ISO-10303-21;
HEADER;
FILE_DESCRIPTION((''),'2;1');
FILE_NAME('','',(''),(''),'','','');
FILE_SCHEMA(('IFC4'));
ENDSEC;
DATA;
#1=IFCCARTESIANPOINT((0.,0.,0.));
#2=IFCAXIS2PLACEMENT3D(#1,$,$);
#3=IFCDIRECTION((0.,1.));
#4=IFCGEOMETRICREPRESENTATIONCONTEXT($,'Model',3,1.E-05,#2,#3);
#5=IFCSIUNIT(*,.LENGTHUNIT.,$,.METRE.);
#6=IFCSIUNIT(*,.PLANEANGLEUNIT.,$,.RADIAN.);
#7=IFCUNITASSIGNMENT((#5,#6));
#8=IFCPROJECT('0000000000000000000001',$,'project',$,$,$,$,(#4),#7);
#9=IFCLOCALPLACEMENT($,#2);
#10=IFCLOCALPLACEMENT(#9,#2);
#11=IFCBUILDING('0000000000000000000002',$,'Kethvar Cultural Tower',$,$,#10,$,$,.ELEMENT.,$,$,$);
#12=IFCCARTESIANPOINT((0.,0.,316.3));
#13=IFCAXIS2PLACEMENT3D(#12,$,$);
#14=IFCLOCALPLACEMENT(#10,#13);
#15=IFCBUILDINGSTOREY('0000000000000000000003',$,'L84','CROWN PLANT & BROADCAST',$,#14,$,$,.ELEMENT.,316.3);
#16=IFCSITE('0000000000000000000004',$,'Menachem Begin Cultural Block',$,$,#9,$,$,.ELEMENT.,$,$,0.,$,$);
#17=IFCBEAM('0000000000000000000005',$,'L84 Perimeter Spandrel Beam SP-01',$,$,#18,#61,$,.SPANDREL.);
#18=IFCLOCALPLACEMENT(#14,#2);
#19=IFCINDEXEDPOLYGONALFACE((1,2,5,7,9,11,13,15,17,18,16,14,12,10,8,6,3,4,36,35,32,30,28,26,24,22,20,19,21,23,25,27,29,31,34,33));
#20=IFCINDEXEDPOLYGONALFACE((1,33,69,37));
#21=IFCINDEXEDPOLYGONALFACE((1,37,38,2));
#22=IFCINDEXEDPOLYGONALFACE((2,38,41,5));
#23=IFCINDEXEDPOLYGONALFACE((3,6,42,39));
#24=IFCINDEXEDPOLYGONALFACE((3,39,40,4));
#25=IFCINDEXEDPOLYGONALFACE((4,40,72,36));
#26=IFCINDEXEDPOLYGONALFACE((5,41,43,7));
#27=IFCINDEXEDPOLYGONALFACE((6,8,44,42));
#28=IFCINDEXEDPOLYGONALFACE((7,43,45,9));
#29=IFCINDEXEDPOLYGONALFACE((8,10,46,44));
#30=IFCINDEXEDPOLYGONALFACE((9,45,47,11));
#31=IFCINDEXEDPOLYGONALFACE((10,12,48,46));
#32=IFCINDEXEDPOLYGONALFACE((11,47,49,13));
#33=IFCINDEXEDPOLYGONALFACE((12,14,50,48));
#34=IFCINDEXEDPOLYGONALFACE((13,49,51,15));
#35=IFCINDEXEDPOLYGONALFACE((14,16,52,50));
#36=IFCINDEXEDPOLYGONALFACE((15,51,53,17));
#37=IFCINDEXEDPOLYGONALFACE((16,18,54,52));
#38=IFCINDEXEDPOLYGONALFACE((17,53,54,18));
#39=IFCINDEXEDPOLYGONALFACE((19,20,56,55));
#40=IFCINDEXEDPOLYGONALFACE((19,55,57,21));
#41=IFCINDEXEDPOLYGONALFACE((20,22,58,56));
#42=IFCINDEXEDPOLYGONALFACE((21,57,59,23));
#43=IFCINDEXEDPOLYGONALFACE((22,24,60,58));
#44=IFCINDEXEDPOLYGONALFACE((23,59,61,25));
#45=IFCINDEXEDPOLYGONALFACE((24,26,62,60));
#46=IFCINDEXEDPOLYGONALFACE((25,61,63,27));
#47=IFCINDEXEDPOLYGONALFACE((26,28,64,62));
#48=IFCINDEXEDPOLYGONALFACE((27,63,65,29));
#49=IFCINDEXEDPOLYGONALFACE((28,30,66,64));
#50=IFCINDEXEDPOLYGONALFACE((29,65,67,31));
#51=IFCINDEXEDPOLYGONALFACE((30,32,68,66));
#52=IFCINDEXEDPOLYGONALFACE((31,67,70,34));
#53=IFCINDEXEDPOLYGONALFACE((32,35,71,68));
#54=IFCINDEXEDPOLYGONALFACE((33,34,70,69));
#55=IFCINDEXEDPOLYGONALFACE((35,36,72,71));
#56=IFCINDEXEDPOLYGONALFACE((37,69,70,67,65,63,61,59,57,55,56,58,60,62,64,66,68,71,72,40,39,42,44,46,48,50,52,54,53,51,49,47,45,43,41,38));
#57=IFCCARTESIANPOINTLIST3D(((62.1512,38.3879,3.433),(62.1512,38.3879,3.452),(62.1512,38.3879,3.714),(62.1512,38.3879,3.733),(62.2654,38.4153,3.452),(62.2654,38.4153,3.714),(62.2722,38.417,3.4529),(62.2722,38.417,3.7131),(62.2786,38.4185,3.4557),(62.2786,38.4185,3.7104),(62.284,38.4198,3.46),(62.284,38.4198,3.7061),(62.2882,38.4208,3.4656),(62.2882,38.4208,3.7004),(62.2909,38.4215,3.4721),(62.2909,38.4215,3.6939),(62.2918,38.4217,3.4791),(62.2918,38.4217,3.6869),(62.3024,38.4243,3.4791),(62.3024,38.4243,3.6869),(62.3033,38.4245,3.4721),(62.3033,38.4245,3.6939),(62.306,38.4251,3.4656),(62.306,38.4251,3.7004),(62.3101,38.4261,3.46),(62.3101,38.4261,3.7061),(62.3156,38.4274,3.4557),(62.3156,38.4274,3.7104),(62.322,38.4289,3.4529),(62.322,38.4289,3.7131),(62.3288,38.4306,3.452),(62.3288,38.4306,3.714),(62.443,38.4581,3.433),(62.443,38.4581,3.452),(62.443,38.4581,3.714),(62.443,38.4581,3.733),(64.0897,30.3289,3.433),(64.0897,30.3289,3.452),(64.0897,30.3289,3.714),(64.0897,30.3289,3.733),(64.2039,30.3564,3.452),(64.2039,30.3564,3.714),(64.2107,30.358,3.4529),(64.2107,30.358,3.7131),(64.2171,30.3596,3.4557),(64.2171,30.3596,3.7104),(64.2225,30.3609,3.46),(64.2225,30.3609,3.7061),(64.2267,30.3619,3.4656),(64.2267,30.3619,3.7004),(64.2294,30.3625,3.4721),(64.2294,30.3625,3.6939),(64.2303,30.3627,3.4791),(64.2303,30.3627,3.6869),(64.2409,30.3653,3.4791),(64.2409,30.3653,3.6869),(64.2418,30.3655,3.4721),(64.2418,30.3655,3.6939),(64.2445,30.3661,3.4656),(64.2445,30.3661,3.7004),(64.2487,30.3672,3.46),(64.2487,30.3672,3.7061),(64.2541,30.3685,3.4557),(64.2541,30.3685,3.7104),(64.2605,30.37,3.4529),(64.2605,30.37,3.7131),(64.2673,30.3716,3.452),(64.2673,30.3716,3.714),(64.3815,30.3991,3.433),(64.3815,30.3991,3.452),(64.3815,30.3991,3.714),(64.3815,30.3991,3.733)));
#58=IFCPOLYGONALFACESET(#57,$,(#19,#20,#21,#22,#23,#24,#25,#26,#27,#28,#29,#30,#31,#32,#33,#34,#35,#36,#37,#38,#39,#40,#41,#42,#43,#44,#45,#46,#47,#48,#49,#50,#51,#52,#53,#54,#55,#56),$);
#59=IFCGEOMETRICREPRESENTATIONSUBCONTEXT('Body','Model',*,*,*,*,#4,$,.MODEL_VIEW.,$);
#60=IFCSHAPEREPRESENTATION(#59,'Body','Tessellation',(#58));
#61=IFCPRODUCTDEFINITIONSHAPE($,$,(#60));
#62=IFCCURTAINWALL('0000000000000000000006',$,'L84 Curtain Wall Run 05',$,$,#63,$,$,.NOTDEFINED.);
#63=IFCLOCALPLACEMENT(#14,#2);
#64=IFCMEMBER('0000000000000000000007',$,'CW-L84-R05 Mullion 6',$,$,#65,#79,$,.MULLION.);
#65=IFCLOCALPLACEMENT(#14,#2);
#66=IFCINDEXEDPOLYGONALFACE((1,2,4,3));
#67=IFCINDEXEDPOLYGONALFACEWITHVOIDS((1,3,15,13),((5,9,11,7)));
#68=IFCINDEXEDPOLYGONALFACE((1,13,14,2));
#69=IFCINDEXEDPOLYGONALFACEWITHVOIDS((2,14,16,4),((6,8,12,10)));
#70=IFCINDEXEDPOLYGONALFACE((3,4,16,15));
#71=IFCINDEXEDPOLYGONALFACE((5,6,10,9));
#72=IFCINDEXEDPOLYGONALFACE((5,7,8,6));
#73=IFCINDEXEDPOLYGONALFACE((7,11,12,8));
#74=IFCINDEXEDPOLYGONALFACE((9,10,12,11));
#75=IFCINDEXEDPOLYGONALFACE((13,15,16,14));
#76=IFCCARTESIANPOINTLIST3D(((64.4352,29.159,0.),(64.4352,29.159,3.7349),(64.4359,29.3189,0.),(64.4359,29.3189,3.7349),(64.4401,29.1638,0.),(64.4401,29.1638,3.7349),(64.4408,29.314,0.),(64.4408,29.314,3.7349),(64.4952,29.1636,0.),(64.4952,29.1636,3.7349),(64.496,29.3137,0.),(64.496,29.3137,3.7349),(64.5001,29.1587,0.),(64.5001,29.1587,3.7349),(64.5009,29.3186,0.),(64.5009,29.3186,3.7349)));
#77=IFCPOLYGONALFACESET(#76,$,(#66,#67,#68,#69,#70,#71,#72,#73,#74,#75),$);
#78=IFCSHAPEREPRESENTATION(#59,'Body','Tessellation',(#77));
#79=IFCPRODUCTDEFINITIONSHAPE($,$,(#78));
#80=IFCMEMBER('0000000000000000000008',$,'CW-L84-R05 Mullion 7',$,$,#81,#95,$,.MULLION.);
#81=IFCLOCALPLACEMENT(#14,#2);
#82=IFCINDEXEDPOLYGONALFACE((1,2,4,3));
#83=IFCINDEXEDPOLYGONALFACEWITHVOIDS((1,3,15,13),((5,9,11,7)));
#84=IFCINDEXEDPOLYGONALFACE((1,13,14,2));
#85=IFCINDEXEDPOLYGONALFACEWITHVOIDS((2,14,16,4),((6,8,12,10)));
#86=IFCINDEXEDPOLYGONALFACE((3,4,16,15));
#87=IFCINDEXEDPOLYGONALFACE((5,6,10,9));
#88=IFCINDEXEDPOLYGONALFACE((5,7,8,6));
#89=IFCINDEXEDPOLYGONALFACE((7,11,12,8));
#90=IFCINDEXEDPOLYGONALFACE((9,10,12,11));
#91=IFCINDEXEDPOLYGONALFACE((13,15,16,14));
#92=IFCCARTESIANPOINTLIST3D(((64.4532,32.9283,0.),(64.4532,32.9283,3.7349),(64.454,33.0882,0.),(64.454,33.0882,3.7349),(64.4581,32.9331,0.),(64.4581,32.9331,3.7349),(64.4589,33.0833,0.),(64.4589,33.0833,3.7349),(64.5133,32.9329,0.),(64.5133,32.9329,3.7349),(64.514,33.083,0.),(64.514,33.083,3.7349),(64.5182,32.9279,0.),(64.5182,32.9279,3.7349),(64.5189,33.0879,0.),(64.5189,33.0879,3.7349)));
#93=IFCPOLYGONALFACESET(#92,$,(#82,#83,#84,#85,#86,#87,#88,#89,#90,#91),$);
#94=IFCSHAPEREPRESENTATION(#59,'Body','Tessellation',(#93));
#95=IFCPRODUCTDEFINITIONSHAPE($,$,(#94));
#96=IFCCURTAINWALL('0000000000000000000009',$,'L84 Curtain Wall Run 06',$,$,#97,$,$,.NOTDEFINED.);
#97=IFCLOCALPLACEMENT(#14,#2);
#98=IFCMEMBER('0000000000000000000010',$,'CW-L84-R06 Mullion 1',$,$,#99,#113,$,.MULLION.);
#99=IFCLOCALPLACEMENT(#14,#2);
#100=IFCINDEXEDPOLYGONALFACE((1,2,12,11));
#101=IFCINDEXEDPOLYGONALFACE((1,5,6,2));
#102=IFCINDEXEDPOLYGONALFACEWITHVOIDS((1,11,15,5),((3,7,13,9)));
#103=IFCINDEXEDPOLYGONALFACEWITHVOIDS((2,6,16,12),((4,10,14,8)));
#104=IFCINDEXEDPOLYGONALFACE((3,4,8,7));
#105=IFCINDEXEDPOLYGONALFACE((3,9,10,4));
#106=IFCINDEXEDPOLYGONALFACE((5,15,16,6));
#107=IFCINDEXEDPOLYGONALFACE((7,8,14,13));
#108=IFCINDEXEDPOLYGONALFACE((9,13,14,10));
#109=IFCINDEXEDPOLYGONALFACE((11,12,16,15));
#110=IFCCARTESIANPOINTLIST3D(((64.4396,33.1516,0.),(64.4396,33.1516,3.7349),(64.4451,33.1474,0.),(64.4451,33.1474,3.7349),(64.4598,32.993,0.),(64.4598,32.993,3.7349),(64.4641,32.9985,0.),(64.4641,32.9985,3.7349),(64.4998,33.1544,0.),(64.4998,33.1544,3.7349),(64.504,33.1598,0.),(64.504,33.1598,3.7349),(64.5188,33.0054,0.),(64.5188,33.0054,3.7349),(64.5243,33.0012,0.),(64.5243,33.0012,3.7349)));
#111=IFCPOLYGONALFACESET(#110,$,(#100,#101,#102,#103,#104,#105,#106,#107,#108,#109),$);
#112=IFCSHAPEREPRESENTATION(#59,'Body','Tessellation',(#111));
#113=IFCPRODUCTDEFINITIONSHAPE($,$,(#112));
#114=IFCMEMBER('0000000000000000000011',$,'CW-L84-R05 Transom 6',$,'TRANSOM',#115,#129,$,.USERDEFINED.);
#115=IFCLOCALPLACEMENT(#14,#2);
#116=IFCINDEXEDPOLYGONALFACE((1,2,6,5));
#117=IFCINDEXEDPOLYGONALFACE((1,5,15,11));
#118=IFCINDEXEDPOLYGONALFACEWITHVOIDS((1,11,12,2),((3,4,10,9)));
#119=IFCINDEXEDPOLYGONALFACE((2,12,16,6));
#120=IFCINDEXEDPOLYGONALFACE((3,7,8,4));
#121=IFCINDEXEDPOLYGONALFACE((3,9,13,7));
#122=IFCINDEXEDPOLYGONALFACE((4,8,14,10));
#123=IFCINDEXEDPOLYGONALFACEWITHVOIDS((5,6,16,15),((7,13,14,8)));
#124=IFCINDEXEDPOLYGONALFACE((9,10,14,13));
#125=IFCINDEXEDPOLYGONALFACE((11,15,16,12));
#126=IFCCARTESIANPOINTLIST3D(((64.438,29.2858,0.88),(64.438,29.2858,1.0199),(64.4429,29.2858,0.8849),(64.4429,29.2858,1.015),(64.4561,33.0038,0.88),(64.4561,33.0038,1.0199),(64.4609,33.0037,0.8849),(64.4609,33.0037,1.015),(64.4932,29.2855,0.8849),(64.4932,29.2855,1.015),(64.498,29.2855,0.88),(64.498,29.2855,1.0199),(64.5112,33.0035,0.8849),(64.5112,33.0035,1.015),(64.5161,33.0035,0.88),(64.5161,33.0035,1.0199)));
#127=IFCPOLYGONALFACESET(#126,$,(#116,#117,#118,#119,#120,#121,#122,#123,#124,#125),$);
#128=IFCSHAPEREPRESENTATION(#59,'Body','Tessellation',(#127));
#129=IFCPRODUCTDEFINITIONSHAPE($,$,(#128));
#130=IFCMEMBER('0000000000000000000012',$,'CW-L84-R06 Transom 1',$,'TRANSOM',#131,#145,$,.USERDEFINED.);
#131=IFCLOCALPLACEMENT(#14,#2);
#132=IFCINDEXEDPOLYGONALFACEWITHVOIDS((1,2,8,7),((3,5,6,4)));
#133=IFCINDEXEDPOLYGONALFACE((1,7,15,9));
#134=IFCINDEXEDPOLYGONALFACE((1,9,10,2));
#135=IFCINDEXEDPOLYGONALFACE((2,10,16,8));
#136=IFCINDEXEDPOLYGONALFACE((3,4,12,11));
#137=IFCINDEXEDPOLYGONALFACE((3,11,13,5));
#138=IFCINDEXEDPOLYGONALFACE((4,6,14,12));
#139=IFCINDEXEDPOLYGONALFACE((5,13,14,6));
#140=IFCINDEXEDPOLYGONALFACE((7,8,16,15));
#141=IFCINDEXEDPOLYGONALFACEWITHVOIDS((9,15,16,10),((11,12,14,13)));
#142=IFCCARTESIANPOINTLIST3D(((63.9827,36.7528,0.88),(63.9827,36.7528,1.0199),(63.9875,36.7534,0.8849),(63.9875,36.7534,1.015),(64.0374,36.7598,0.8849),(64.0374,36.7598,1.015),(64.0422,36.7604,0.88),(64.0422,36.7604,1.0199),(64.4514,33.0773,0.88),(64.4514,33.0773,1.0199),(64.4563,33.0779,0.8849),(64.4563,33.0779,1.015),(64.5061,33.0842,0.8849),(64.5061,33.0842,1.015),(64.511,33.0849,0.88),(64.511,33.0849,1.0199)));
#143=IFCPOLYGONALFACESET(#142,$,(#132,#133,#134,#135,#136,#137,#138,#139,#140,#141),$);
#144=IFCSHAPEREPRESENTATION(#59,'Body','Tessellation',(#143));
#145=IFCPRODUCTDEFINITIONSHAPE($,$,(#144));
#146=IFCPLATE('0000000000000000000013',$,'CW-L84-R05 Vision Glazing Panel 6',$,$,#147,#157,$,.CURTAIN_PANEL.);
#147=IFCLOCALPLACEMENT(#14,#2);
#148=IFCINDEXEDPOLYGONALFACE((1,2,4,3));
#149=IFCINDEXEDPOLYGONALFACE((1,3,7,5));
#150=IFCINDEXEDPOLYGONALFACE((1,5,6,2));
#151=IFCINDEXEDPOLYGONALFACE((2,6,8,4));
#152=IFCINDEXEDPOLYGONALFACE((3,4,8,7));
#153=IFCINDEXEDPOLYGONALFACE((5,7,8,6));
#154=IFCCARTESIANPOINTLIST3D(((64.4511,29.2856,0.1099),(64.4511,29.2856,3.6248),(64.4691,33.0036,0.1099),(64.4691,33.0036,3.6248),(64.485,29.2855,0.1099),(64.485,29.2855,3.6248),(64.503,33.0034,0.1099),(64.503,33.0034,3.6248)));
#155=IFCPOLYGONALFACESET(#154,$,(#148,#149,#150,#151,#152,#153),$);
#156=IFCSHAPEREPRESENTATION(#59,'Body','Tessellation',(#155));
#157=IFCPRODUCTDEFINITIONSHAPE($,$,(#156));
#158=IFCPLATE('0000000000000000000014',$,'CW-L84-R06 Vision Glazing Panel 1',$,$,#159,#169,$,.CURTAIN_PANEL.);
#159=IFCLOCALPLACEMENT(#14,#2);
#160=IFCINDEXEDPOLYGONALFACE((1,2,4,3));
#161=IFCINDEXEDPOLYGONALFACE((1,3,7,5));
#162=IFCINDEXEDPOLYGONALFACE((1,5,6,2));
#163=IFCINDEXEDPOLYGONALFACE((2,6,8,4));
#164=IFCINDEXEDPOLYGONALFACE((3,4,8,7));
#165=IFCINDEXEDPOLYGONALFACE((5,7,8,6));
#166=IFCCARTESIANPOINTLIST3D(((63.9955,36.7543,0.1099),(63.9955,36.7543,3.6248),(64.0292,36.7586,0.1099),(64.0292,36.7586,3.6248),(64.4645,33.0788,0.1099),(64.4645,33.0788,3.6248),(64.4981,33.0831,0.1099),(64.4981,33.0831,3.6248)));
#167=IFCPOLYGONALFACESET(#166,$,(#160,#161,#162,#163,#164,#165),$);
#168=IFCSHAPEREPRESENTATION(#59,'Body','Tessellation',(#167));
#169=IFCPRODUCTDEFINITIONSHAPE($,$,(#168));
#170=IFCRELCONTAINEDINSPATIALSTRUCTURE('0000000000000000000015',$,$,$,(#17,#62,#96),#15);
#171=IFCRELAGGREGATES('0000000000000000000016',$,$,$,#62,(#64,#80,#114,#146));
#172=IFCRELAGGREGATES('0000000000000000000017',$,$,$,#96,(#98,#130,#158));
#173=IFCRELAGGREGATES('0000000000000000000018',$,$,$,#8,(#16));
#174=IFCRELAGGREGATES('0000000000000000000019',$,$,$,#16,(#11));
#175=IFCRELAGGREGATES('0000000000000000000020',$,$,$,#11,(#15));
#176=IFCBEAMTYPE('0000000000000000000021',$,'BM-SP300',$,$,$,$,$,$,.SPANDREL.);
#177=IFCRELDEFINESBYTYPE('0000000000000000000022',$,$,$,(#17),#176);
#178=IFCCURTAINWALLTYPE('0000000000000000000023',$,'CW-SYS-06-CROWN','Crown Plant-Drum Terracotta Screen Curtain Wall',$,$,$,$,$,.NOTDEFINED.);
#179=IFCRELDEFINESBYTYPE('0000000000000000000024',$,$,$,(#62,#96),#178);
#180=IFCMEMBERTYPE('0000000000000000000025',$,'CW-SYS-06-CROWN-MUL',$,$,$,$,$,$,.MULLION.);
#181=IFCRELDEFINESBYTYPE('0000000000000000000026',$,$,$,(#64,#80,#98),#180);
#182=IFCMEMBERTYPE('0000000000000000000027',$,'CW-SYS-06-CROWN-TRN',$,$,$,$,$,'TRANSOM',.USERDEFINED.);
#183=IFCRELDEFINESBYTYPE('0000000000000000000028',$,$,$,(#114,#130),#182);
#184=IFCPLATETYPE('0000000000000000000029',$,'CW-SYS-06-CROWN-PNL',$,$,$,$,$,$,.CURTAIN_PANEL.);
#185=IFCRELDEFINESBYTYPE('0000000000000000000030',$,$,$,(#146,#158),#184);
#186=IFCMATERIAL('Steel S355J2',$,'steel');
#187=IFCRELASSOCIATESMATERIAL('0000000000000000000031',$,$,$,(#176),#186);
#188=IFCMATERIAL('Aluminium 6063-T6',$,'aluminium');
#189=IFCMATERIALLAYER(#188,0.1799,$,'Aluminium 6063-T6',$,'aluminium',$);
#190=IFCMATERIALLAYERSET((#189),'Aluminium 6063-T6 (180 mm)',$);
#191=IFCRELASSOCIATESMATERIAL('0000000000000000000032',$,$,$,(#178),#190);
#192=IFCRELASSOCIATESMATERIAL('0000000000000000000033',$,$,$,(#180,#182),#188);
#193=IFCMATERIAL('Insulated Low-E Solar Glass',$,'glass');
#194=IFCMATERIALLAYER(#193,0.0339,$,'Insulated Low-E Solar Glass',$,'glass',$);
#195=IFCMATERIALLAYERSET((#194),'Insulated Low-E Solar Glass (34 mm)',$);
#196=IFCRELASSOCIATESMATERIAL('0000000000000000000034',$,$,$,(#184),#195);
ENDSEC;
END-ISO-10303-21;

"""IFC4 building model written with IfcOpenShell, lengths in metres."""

from ifc_helpers import new_model, si_unit, direction, frame, origin, origin_2d, place, context, subcontext, project, spatial, rectangle, hollow_rectangle, i_section, extrude, source, transform, mapped, material, layer, layer_set, material_profile, profile_set, type_object, element, aggregate, save


model = new_model("IFC4")

# Units and contexts
model_context = context("Model", 3, precision=1e-05, world=origin(), true_north=direction((0.0, 1.0)))
body_context = subcontext(model_context, "Body", "Model", "MODEL_VIEW")
ifc_project = project(units=[si_unit("LENGTHUNIT", "METRE"), si_unit("PLANEANGLEUNIT", "RADIAN")], contexts=[model_context])

# Site, building, storey
site_placement = place(None, origin())
site = spatial("IfcSite", under=ifc_project, at=site_placement, Name="Menachem Begin Cultural Block", CompositionType="ELEMENT", RefElevation=0.0)
building_placement = place(site_placement, origin())
building = spatial("IfcBuilding", under=site, at=building_placement, Name="Kethvar Cultural Tower", CompositionType="ELEMENT")
storey_placement = place(building_placement, frame((0.0, 0.0, 316.3)))
storey = spatial("IfcBuildingStorey", under=building, at=storey_placement, Name="L84", Description="CROWN PLANT & BROADCAST", CompositionType="ELEMENT", Elevation=316.3)

# Beam
ifc_material_1 = material(Name="Steel S355J2", Category="steel")
ifc_material_profile_1 = material_profile(ifc_material_1, i_section(OverallWidth=0.3, OverallDepth=0.3, WebThickness=0.011, FlangeThickness=0.019, FilletRadius=0.0271, at=origin_2d()), Name="Steel S355J2 — HEB300")
ifc_profile_set_1 = profile_set([ifc_material_profile_1], Name="Steel S355J2 — HEB300")
beam_type = type_object("IfcBeamType", Name="BM-SP300", PredefinedType="SPANDREL", material=ifc_profile_set_1)
shared_shape_1 = source(origin(), body_context, "Body", "SweptSolid", [
    extrude(i_section(OverallWidth=0.3, OverallDepth=0.3, WebThickness=0.011, FlangeThickness=0.019, FilletRadius=0.0271, at=origin_2d()), origin(), (0.0, 0.0, 1.0), 8.2888),
])
beam_placement = place(storey_placement, frame((64.2356, 30.364, 3.583), z_axis=(-0.23387, 0.972268, 0.0), x_axis=(-0.972268, -0.23387, 0.0)))
element("IfcBeam", 1, at=beam_placement, inside=storey, type_object=beam_type, Name="L84 Perimeter Spandrel Beam SP-01", PredefinedType="SPANDREL", context=body_context, shape_type="MappedRepresentation", body=[
    mapped(shared_shape_1, transform((0.0, 0.0, 0.0), scale=1.0)),
])

# Curtain wall, members
ifc_material_2 = material(Name="Aluminium 6063-T6", Category="aluminium")
ifc_layer_1 = layer(ifc_material_2, 0.1799, Name="Aluminium 6063-T6", Category="aluminium")
ifc_layer_set_1 = layer_set([ifc_layer_1], Name="Aluminium 6063-T6 (180 mm)")
curtain_wall_type = type_object("IfcCurtainWallType", Name="CW-SYS-06-CROWN", Description="Crown Plant-Drum Terracotta Screen Curtain Wall", PredefinedType="NOTDEFINED", material=ifc_layer_set_1)
curtain_wall_1_placement = place(storey_placement, origin())
curtain_wall_1 = element("IfcCurtainWall", 2, at=curtain_wall_1_placement, inside=storey, type_object=curtain_wall_type, Name="L84 Curtain Wall Run 05", PredefinedType="NOTDEFINED")
ifc_material_profile_2 = material_profile(ifc_material_2, hollow_rectangle(XDim=0.0649, YDim=0.1599, WallThickness=0.0049, at=origin_2d()), Name="Aluminium 6063-T6 — RHS160x65x5")
ifc_profile_set_2 = profile_set([ifc_material_profile_2], Name="Aluminium 6063-T6 — RHS160x65x5")
member_type_1 = type_object("IfcMemberType", Name="CW-SYS-06-CROWN-MUL", PredefinedType="MULLION", material=ifc_profile_set_2)
shared_shape_2 = source(origin(), body_context, "Body", "SweptSolid", [
    extrude(hollow_rectangle(XDim=0.0649, YDim=0.1599, WallThickness=0.0049, at=origin_2d()), origin(), (0.0, 0.0, 1.0), 3.7349),
])
member_1_placement = place(storey_placement, frame((64.468, 29.2388, 0.0), z_axis=(0.0, 0.0, 1.0), x_axis=(-0.999988, 0.004835, 0.0)))
member_1 = element("IfcMember", 3, at=member_1_placement, type_object=member_type_1, Name="CW-L84-R05 Mullion 6", PredefinedType="MULLION", context=body_context, shape_type="MappedRepresentation", body=[
    mapped(shared_shape_2, transform((0.0, 0.0, 0.0), scale=1.0)),
])
member_2_placement = place(storey_placement, frame((64.4861, 33.0081, 0.0), z_axis=(0.0, 0.0, 1.0), x_axis=(-0.999988, 0.004835, 0.0)))
member_2 = element("IfcMember", 4, at=member_2_placement, type_object=member_type_1, Name="CW-L84-R05 Mullion 7", PredefinedType="MULLION", context=body_context, shape_type="MappedRepresentation", body=[
    mapped(shared_shape_2, transform((0.0, 0.0, 0.0), scale=1.0)),
])

# Curtain wall, member
curtain_wall_2_placement = place(storey_placement, origin())
curtain_wall_2 = element("IfcCurtainWall", 5, at=curtain_wall_2_placement, inside=storey, type_object=curtain_wall_type, Name="L84 Curtain Wall Run 06", PredefinedType="NOTDEFINED")
member_3_placement = place(storey_placement, frame((64.4819, 33.0764, 0.0), z_axis=(0.0, 0.0, 1.0), x_axis=(-0.991959, -0.126563, 0.0)))
member_3 = element("IfcMember", 6, at=member_3_placement, type_object=member_type_1, Name="CW-L84-R06 Mullion 1", PredefinedType="MULLION", context=body_context, shape_type="MappedRepresentation", body=[
    mapped(shared_shape_2, transform((0.0, 0.0, 0.0), scale=1.0)),
])

# Members
ifc_material_profile_3 = material_profile(ifc_material_2, hollow_rectangle(XDim=0.0601, YDim=0.1399, WallThickness=0.0049, at=origin_2d()), Name="Aluminium 6063-T6 — RHS140x60x5")
ifc_profile_set_3 = profile_set([ifc_material_profile_3], Name="Aluminium 6063-T6 — RHS140x60x5")
member_type_2 = type_object("IfcMemberType", Name="CW-SYS-06-CROWN-TRN", ElementType="TRANSOM", PredefinedType="USERDEFINED", material=ifc_profile_set_3)
shared_shape_3 = source(origin(), body_context, "Body", "SweptSolid", [
    extrude(hollow_rectangle(XDim=0.0601, YDim=0.1399, WallThickness=0.0049, at=origin_2d()), origin(), (0.0, 0.0, 1.0), 3.718),
])
member_4_placement = place(storey_placement, frame((64.468, 29.2856, 0.95), z_axis=(0.004859, 0.999988, 0.0), x_axis=(-0.999988, 0.004859, 0.0)))
member_4 = element("IfcMember", 7, at=member_4_placement, type_object=member_type_2, Name="CW-L84-R05 Transom 6", ObjectType="TRANSOM", PredefinedType="USERDEFINED", context=body_context, shape_type="MappedRepresentation", body=[
    mapped(shared_shape_3, transform((0.0, 0.0, 0.0), scale=1.0)),
])
shared_shape_4 = source(origin(), body_context, "Body", "SweptSolid", [
    extrude(hollow_rectangle(XDim=0.0601, YDim=0.1399, WallThickness=0.0049, at=origin_2d()), origin(), (0.0, 0.0, 1.0), 3.7053),
])
member_5_placement = place(storey_placement, frame((64.4812, 33.0811, 0.95), z_axis=(-0.126508, 0.991966, 0.0), x_axis=(-0.991966, -0.126508, 0.0)))
member_5 = element("IfcMember", 8, at=member_5_placement, type_object=member_type_2, Name="CW-L84-R06 Transom 1", ObjectType="TRANSOM", PredefinedType="USERDEFINED", context=body_context, shape_type="MappedRepresentation", body=[
    mapped(shared_shape_4, transform((0.0, 0.0, 0.0), scale=1.0)),
])

# Plates
ifc_material_3 = material(Name="Insulated Low-E Solar Glass", Category="glass")
ifc_layer_2 = layer(ifc_material_3, 0.0339, Name="Insulated Low-E Solar Glass", Category="glass")
ifc_layer_set_2 = layer_set([ifc_layer_2], Name="Insulated Low-E Solar Glass (34 mm)")
plate_type = type_object("IfcPlateType", Name="CW-SYS-06-CROWN-PNL", PredefinedType="CURTAIN_PANEL", material=ifc_layer_set_2)
shared_shape_5 = source(origin(), body_context, "Body", "SweptSolid", [
    extrude(rectangle(XDim=3.718, YDim=0.0339, at=origin_2d()), origin(), (0.0, 0.0, 1.0), 3.5149),
])
plate_1_placement = place(storey_placement, frame((64.4771, 31.1445, 0.1099), z_axis=(0.0, 0.0, 1.0), x_axis=(0.004835, 0.999988, 0.0)))
plate_1 = element("IfcPlate", 9, at=plate_1_placement, type_object=plate_type, Name="CW-L84-R05 Vision Glazing Panel 6", PredefinedType="CURTAIN_PANEL", context=body_context, shape_type="MappedRepresentation", body=[
    mapped(shared_shape_5, transform((0.0, 0.0, 0.0), scale=1.0)),
])
aggregate(curtain_wall_1, [member_1, member_2, member_4, plate_1])
shared_shape_6 = source(origin(), body_context, "Body", "SweptSolid", [
    extrude(rectangle(XDim=3.7053, YDim=0.0339, at=origin_2d()), origin(), (0.0, 0.0, 1.0), 3.5149),
])
plate_2_placement = place(storey_placement, frame((64.2468, 34.9187, 0.1099), z_axis=(0.0, 0.0, 1.0), x_axis=(-0.126563, 0.991959, 0.0)))
plate_2 = element("IfcPlate", 10, at=plate_2_placement, type_object=plate_type, Name="CW-L84-R06 Vision Glazing Panel 1", PredefinedType="CURTAIN_PANEL", context=body_context, shape_type="MappedRepresentation", body=[
    mapped(shared_shape_6, transform((0.0, 0.0, 0.0), scale=1.0)),
])
aggregate(curtain_wall_2, [member_3, member_5, plate_2])

save(model, "model.ifc")
